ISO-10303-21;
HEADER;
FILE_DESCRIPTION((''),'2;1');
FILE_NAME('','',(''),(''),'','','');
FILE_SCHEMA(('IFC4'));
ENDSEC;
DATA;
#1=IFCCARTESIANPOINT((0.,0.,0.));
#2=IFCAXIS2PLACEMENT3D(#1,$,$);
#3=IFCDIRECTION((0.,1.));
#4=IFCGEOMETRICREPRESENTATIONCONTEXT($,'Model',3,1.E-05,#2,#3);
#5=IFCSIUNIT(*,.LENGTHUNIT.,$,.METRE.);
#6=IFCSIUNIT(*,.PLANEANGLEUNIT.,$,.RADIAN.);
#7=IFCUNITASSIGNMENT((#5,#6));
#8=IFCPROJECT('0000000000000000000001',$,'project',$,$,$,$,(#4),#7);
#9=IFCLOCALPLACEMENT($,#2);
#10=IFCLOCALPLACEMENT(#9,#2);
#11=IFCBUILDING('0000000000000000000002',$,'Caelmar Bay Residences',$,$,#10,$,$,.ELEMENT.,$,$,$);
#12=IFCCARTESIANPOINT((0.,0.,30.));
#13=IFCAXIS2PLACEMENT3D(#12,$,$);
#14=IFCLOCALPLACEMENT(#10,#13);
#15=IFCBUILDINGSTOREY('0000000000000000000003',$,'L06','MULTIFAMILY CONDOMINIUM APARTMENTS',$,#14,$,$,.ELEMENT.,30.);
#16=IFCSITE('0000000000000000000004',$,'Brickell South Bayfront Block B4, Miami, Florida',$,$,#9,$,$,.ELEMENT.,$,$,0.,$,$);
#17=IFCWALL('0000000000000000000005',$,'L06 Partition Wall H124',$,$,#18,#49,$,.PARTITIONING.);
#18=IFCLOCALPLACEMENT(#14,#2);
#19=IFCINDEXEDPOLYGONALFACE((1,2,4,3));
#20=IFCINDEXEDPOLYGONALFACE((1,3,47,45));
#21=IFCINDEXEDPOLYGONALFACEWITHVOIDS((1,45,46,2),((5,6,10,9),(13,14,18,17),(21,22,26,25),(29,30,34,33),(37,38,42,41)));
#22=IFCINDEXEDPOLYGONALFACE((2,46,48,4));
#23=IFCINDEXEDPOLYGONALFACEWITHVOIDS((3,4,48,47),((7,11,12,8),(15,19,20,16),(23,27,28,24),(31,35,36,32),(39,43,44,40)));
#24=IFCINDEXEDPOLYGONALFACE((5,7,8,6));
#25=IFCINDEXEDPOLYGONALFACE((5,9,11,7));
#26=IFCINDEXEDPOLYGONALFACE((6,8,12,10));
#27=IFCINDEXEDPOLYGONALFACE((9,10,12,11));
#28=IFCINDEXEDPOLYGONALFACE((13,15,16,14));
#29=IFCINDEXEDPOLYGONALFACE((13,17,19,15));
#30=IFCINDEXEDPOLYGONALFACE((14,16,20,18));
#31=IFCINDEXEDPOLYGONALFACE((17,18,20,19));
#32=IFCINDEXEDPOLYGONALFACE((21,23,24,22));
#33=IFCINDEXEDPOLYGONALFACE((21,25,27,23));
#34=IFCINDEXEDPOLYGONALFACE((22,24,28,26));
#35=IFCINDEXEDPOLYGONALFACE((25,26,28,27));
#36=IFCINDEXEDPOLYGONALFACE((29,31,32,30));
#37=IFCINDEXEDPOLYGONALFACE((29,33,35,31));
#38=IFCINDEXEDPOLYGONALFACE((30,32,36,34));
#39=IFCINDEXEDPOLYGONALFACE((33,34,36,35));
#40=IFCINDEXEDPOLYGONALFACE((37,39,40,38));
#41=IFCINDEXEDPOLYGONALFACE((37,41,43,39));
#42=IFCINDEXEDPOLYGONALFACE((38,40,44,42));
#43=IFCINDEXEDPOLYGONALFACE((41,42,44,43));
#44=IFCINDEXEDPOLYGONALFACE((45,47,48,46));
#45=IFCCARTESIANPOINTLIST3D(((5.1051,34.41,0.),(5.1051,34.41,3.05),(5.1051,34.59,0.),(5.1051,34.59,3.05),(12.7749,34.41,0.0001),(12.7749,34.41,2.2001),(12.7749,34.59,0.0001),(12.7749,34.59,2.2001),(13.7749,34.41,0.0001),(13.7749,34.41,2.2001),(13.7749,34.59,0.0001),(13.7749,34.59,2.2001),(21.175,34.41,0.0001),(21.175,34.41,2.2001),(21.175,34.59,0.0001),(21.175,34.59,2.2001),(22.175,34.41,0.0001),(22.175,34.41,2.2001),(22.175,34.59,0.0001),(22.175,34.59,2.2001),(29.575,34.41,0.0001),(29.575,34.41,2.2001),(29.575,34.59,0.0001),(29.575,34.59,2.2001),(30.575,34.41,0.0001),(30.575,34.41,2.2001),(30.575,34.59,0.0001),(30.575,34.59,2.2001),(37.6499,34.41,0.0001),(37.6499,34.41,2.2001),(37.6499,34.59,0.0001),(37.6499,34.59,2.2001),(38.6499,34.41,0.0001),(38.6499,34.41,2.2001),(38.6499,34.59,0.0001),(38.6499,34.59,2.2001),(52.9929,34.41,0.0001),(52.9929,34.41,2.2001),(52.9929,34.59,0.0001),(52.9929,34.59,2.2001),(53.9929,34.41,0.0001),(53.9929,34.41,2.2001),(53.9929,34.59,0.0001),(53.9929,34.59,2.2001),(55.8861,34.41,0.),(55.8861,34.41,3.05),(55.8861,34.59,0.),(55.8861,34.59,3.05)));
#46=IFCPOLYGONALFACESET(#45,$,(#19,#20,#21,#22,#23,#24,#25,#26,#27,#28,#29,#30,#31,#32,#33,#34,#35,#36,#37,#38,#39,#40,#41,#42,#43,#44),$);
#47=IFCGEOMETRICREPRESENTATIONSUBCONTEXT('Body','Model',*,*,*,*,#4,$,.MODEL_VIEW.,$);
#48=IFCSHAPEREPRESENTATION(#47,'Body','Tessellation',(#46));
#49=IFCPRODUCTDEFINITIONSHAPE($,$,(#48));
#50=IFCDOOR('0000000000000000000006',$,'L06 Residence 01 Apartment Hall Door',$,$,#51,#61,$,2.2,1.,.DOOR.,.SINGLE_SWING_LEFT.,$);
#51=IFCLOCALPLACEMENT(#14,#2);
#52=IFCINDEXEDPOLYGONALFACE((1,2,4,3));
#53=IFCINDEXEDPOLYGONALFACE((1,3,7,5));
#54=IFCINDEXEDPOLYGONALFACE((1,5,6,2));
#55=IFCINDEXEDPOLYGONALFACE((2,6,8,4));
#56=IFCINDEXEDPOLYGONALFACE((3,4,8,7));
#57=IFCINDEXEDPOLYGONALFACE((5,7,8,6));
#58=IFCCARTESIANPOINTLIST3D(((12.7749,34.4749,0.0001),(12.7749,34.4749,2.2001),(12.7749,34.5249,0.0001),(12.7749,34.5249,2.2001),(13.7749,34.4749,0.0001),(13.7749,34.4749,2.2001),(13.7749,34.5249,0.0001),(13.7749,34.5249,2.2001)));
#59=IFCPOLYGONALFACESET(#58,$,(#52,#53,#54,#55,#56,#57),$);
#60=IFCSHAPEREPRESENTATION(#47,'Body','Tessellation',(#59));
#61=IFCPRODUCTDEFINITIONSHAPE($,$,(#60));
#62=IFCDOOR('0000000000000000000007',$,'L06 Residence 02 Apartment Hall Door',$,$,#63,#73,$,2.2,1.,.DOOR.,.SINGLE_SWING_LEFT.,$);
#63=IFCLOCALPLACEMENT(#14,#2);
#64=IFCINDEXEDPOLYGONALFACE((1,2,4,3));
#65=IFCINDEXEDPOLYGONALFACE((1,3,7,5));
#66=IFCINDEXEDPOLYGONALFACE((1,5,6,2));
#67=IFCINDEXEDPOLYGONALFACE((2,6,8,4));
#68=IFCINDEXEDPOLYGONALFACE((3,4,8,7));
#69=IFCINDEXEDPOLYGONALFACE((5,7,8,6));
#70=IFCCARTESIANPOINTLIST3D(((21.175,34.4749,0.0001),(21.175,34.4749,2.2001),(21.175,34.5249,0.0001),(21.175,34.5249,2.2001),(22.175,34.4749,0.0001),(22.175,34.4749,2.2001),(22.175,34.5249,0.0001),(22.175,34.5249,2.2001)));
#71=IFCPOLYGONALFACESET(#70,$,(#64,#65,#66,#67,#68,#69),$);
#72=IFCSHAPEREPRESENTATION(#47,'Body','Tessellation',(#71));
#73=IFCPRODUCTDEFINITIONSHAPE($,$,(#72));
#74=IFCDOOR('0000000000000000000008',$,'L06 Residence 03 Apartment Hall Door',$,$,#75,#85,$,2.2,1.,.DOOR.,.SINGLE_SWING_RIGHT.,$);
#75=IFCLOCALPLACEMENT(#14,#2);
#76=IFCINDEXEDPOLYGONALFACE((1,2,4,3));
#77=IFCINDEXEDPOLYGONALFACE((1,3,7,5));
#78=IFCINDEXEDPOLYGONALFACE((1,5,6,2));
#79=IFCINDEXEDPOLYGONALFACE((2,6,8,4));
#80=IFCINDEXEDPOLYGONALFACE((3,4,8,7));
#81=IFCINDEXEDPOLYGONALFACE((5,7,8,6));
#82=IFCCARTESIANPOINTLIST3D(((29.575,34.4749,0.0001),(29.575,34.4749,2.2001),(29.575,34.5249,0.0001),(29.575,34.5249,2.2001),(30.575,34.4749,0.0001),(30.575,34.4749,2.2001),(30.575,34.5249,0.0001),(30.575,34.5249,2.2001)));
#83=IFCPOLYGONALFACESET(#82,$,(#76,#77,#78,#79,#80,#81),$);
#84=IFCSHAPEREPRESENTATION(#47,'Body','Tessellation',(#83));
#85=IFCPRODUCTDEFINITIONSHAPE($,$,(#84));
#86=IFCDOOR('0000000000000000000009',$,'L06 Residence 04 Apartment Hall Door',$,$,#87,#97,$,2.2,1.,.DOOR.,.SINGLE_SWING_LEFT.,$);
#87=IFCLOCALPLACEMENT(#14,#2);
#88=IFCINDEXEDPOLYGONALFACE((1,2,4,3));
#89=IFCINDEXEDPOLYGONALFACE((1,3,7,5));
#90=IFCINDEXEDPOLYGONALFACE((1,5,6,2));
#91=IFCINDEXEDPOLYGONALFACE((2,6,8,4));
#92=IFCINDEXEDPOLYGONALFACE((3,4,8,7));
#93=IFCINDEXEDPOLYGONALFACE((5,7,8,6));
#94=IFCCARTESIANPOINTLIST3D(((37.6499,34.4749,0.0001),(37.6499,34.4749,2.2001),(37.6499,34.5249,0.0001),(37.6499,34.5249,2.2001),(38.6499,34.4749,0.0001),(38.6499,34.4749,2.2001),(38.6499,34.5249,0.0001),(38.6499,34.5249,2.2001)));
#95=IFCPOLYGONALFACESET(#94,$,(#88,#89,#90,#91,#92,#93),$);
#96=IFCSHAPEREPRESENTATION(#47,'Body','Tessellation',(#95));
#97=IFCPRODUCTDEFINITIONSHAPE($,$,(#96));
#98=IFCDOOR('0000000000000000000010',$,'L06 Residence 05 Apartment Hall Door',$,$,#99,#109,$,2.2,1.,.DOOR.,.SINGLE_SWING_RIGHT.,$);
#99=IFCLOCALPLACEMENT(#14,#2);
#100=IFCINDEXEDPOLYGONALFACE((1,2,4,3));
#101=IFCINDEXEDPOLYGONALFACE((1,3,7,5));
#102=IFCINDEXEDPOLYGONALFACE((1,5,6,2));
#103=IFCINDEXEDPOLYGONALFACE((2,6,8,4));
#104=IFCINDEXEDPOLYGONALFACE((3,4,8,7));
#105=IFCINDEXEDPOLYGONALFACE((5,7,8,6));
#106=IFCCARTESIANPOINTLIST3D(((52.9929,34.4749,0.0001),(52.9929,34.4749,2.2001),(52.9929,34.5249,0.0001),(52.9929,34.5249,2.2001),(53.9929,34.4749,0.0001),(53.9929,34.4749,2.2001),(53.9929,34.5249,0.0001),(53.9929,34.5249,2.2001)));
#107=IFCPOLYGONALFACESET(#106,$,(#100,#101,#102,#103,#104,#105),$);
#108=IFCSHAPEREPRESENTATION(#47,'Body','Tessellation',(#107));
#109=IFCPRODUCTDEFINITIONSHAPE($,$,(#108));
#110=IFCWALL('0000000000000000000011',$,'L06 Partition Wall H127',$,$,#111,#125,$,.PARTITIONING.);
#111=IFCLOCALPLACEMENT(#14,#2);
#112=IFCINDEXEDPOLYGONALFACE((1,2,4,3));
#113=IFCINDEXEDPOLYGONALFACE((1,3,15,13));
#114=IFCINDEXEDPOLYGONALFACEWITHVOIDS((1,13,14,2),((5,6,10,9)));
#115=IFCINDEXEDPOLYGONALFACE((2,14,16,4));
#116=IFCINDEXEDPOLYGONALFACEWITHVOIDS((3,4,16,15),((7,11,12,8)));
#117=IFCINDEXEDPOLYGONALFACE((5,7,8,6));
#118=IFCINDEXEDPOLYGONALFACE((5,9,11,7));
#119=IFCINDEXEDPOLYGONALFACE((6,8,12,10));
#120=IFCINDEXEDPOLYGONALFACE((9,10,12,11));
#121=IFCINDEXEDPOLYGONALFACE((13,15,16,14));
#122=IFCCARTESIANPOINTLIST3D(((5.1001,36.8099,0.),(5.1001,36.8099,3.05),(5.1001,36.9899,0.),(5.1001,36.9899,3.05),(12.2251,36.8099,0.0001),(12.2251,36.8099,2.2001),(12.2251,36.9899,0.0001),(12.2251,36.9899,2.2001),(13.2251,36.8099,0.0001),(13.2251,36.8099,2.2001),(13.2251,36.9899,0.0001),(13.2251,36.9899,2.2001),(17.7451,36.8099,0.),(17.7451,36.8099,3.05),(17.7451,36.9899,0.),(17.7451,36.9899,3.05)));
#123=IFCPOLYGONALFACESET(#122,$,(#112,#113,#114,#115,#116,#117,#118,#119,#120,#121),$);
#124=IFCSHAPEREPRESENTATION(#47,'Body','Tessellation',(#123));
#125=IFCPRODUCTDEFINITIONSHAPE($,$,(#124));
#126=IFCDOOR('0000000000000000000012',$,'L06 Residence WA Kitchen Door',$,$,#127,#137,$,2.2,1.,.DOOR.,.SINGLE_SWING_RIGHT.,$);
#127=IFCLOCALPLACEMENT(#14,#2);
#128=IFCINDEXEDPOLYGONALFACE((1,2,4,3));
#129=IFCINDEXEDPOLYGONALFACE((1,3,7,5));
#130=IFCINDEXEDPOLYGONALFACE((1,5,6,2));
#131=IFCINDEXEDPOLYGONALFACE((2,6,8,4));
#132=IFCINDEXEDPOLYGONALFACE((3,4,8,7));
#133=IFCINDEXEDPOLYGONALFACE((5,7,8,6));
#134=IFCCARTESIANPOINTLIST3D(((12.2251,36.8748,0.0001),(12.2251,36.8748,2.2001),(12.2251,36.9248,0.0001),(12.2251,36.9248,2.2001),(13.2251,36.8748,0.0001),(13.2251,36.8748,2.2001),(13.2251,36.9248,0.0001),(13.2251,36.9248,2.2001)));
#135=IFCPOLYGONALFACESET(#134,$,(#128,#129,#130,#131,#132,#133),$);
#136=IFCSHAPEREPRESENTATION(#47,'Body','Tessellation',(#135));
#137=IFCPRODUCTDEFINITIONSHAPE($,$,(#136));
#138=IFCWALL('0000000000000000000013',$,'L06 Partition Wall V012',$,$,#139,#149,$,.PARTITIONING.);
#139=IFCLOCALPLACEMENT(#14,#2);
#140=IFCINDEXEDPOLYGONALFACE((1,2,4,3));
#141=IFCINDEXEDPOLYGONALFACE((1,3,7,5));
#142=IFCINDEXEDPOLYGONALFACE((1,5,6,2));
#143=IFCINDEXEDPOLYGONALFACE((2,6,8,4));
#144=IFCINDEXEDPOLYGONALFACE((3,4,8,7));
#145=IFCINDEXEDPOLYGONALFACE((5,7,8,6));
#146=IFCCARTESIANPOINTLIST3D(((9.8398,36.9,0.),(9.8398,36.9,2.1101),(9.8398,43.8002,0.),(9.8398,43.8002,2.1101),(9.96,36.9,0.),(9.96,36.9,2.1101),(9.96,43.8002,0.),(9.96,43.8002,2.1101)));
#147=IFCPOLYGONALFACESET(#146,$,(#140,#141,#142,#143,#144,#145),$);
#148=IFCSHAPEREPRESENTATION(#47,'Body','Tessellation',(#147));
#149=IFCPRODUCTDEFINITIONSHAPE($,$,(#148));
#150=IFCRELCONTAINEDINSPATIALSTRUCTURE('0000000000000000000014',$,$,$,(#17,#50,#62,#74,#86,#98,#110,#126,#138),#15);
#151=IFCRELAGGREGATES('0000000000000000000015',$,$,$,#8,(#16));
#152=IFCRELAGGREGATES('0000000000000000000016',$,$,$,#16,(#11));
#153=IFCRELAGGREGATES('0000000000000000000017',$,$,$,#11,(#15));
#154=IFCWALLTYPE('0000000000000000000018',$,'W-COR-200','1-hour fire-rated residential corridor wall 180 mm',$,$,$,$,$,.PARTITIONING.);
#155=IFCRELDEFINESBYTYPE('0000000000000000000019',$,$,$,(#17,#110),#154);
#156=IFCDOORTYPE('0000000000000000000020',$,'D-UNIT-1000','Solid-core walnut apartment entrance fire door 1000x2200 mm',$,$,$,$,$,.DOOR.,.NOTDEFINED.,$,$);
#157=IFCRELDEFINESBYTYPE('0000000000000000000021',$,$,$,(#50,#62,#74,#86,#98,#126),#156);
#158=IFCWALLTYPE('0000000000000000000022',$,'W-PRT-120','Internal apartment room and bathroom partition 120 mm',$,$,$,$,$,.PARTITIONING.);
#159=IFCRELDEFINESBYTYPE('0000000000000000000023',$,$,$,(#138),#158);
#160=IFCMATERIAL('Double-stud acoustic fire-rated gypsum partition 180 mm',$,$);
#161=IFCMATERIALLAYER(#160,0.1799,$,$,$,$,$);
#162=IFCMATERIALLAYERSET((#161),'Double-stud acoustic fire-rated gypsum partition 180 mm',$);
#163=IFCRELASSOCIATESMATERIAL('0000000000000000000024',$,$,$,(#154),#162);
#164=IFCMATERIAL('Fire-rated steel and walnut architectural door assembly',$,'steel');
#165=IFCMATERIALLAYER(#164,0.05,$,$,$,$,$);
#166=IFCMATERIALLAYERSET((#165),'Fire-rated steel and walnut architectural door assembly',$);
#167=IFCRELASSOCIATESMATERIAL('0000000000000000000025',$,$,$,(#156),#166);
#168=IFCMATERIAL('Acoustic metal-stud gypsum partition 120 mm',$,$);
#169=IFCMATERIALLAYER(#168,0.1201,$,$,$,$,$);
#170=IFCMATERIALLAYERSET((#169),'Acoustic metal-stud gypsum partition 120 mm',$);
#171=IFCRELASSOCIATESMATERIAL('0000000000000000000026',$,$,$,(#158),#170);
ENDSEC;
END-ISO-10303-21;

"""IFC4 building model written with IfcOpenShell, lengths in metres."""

from ifc_helpers import new_model, si_unit, direction, frame, frame_2d, origin, place, context, subcontext, project, spatial, rectangle, extrude, material, layer, layer_set, type_object, element, fill, save


model = new_model("IFC4")

# Units and contexts
model_context = context("Model", 3, precision=1e-05, world=origin(), true_north=direction((0.0, 1.0)))
body_context = subcontext(model_context, "Body", "Model", "MODEL_VIEW")
ifc_project = project(units=[si_unit("LENGTHUNIT", "METRE"), si_unit("PLANEANGLEUNIT", "RADIAN")], contexts=[model_context])

# Site, building, storey
site_placement = place(None, origin())
site = spatial("IfcSite", under=ifc_project, at=site_placement, Name="Brickell South Bayfront Block B4, Miami, Florida", CompositionType="ELEMENT", RefElevation=0.0)
building_placement = place(site_placement, origin())
building = spatial("IfcBuilding", under=site, at=building_placement, Name="Caelmar Bay Residences", CompositionType="ELEMENT")
storey_placement = place(building_placement, frame((0.0, 0.0, 30.0)))
storey = spatial("IfcBuildingStorey", under=building, at=storey_placement, Name="L06", Description="MULTIFAMILY CONDOMINIUM APARTMENTS", CompositionType="ELEMENT", Elevation=30.0)

# Shared definitions
ifc_material_1 = material(Name="Fire-rated steel and walnut architectural door assembly", Category="steel")

# Shared definitions
ifc_material_2 = material(Name="Double-stud acoustic fire-rated gypsum partition 180 mm")
ifc_layer_1 = layer(ifc_material_2, 0.1799)
ifc_layer_set_1 = layer_set([ifc_layer_1], Name="Double-stud acoustic fire-rated gypsum partition 180 mm")
wall_type_1 = type_object("IfcWallType", Name="W-COR-200", Description="1-hour fire-rated residential corridor wall 180 mm", PredefinedType="PARTITIONING", material=ifc_layer_set_1)

# Wall, openings, doors
wall_1_placement = place(storey_placement, frame((5.105, 34.5, 0.0), z_axis=(0.0, 0.0, 1.0), x_axis=(1.0, 0.0, 0.0)))
wall_1 = element("IfcWall", 1, at=wall_1_placement, inside=storey, type_object=wall_type_1, Name="L06 Partition Wall H124", PredefinedType="PARTITIONING", context=body_context, shape_type="SweptSolid", body=[
    extrude(rectangle(XDim=50.781, YDim=0.1799, at=frame_2d((25.3906, 0.0))), origin(), (0.0, 0.0, 1.0), 3.05),
])
opening_1_placement = place(wall_1_placement, frame((7.6699, 0.0, 0.0)))
opening_1 = element("IfcOpeningElement", 2, at=opening_1_placement, cuts=wall_1, PredefinedType="OPENING", context=body_context, shape_type="SweptSolid", body=[
    extrude(rectangle(XDim=1.0, YDim=2.2, at=frame_2d((0.5, 1.1001))), frame((0.0, 0.0999, 0.0), z_axis=(0.0, -1.0, 0.0), x_axis=(1.0, 0.0, 0.0)), (0.0, 0.0, 1.0), 0.2),
])
opening_2_placement = place(wall_1_placement, frame((16.0701, 0.0, 0.0)))
opening_2 = element("IfcOpeningElement", 3, at=opening_2_placement, cuts=wall_1, PredefinedType="OPENING", context=body_context, shape_type="SweptSolid", body=[
    extrude(rectangle(XDim=1.0, YDim=2.2, at=frame_2d((0.5, 1.1001))), frame((0.0, 0.0999, 0.0), z_axis=(0.0, -1.0, 0.0), x_axis=(1.0, 0.0, 0.0)), (0.0, 0.0, 1.0), 0.2),
])
opening_3_placement = place(wall_1_placement, frame((24.47, 0.0, 0.0)))
opening_3 = element("IfcOpeningElement", 4, at=opening_3_placement, cuts=wall_1, PredefinedType="OPENING", context=body_context, shape_type="SweptSolid", body=[
    extrude(rectangle(XDim=1.0, YDim=2.2, at=frame_2d((0.5, 1.1001))), frame((0.0, 0.0999, 0.0), z_axis=(0.0, -1.0, 0.0), x_axis=(1.0, 0.0, 0.0)), (0.0, 0.0, 1.0), 0.2),
])
opening_4_placement = place(wall_1_placement, frame((32.5449, 0.0, 0.0)))
opening_4 = element("IfcOpeningElement", 5, at=opening_4_placement, cuts=wall_1, PredefinedType="OPENING", context=body_context, shape_type="SweptSolid", body=[
    extrude(rectangle(XDim=1.0, YDim=2.2, at=frame_2d((0.5, 1.1001))), frame((0.0, 0.0999, 0.0), z_axis=(0.0, -1.0, 0.0), x_axis=(1.0, 0.0, 0.0)), (0.0, 0.0, 1.0), 0.2),
])
opening_5_placement = place(wall_1_placement, frame((47.8879, 0.0, 0.0)))
opening_5 = element("IfcOpeningElement", 6, at=opening_5_placement, cuts=wall_1, PredefinedType="OPENING", context=body_context, shape_type="SweptSolid", body=[
    extrude(rectangle(XDim=1.0, YDim=2.2, at=frame_2d((0.5, 1.1001))), frame((0.0, 0.0999, 0.0), z_axis=(0.0, -1.0, 0.0), x_axis=(1.0, 0.0, 0.0)), (0.0, 0.0, 1.0), 0.2),
])
ifc_layer_2 = layer(ifc_material_1, 0.05)
ifc_layer_set_2 = layer_set([ifc_layer_2], Name="Fire-rated steel and walnut architectural door assembly")
door_type_1 = type_object("IfcDoorType", Name="D-UNIT-1000", Description="Solid-core walnut apartment entrance fire door 1000x2200 mm", OperationType="NOTDEFINED", PredefinedType="DOOR", material=ifc_layer_set_2)
door_1_placement = place(opening_1_placement, origin())
door_1 = element("IfcDoor", 7, at=door_1_placement, inside=storey, type_object=door_type_1, Name="L06 Residence 01 Apartment Hall Door", OperationType="SINGLE_SWING_LEFT", OverallHeight=2.2, OverallWidth=1.0, PredefinedType="DOOR", context=body_context, shape_type="SweptSolid", body=[
    extrude(rectangle(XDim=1.0, YDim=2.2, at=frame_2d((0.5, 1.1001))), frame((0.0, 0.0249, 0.0), z_axis=(0.0, -1.0, 0.0), x_axis=(1.0, 0.0, 0.0)), (0.0, 0.0, 1.0), 0.05),
])
fill(opening_1, door_1)
door_2_placement = place(opening_2_placement, origin())
door_2 = element("IfcDoor", 8, at=door_2_placement, inside=storey, type_object=door_type_1, Name="L06 Residence 02 Apartment Hall Door", OperationType="SINGLE_SWING_LEFT", OverallHeight=2.2, OverallWidth=1.0, PredefinedType="DOOR", context=body_context, shape_type="SweptSolid", body=[
    extrude(rectangle(XDim=1.0, YDim=2.2, at=frame_2d((0.5, 1.1001))), frame((0.0, 0.0249, 0.0), z_axis=(0.0, -1.0, 0.0), x_axis=(1.0, 0.0, 0.0)), (0.0, 0.0, 1.0), 0.05),
])
fill(opening_2, door_2)
door_3_placement = place(opening_3_placement, origin())
door_3 = element("IfcDoor", 9, at=door_3_placement, inside=storey, type_object=door_type_1, Name="L06 Residence 03 Apartment Hall Door", OperationType="SINGLE_SWING_RIGHT", OverallHeight=2.2, OverallWidth=1.0, PredefinedType="DOOR", context=body_context, shape_type="SweptSolid", body=[
    extrude(rectangle(XDim=1.0, YDim=2.2, at=frame_2d((0.5, 1.1001))), frame((0.0, 0.0249, 0.0), z_axis=(0.0, -1.0, 0.0), x_axis=(1.0, 0.0, 0.0)), (0.0, 0.0, 1.0), 0.05),
])
fill(opening_3, door_3)
door_4_placement = place(opening_4_placement, origin())
door_4 = element("IfcDoor", 10, at=door_4_placement, inside=storey, type_object=door_type_1, Name="L06 Residence 04 Apartment Hall Door", OperationType="SINGLE_SWING_LEFT", OverallHeight=2.2, OverallWidth=1.0, PredefinedType="DOOR", context=body_context, shape_type="SweptSolid", body=[
    extrude(rectangle(XDim=1.0, YDim=2.2, at=frame_2d((0.5, 1.1001))), frame((0.0, 0.0249, 0.0), z_axis=(0.0, -1.0, 0.0), x_axis=(1.0, 0.0, 0.0)), (0.0, 0.0, 1.0), 0.05),
])
fill(opening_4, door_4)
door_5_placement = place(opening_5_placement, origin())
door_5 = element("IfcDoor", 11, at=door_5_placement, inside=storey, type_object=door_type_1, Name="L06 Residence 05 Apartment Hall Door", OperationType="SINGLE_SWING_RIGHT", OverallHeight=2.2, OverallWidth=1.0, PredefinedType="DOOR", context=body_context, shape_type="SweptSolid", body=[
    extrude(rectangle(XDim=1.0, YDim=2.2, at=frame_2d((0.5, 1.1001))), frame((0.0, 0.0249, 0.0), z_axis=(0.0, -1.0, 0.0), x_axis=(1.0, 0.0, 0.0)), (0.0, 0.0, 1.0), 0.05),
])
fill(opening_5, door_5)

# Wall, opening, door
wall_2_placement = place(storey_placement, frame((5.1001, 36.8999, 0.0), z_axis=(0.0, 0.0, 1.0), x_axis=(1.0, 0.0, 0.0)))
wall_2 = element("IfcWall", 12, at=wall_2_placement, inside=storey, type_object=wall_type_1, Name="L06 Partition Wall H127", PredefinedType="PARTITIONING", context=body_context, shape_type="SweptSolid", body=[
    extrude(rectangle(XDim=12.645, YDim=0.1799, at=frame_2d((6.3225, 0.0))), origin(), (0.0, 0.0, 1.0), 3.05),
])
opening_6_placement = place(wall_2_placement, frame((7.125, 0.0, 0.0)))
opening_6 = element("IfcOpeningElement", 13, at=opening_6_placement, cuts=wall_2, PredefinedType="OPENING", context=body_context, shape_type="SweptSolid", body=[
    extrude(rectangle(XDim=1.0, YDim=2.2, at=frame_2d((0.5, 1.1001))), frame((0.0, 0.0999, 0.0), z_axis=(0.0, -1.0, 0.0), x_axis=(1.0, 0.0, 0.0)), (0.0, 0.0, 1.0), 0.2),
])
door_6_placement = place(opening_6_placement, origin())
door_6 = element("IfcDoor", 14, at=door_6_placement, inside=storey, type_object=door_type_1, Name="L06 Residence WA Kitchen Door", OperationType="SINGLE_SWING_RIGHT", OverallHeight=2.2, OverallWidth=1.0, PredefinedType="DOOR", context=body_context, shape_type="SweptSolid", body=[
    extrude(rectangle(XDim=1.0, YDim=2.2, at=frame_2d((0.5, 1.1001))), frame((0.0, 0.0249, 0.0), z_axis=(0.0, -1.0, 0.0), x_axis=(1.0, 0.0, 0.0)), (0.0, 0.0, 1.0), 0.05),
])
fill(opening_6, door_6)

# Wall
ifc_material_3 = material(Name="Acoustic metal-stud gypsum partition 120 mm")
ifc_layer_3 = layer(ifc_material_3, 0.1201)
ifc_layer_set_3 = layer_set([ifc_layer_3], Name="Acoustic metal-stud gypsum partition 120 mm")
wall_type_2 = type_object("IfcWallType", Name="W-PRT-120", Description="Internal apartment room and bathroom partition 120 mm", PredefinedType="PARTITIONING", material=ifc_layer_set_3)
wall_3_placement = place(storey_placement, frame((9.8999, 36.8999, 0.0), z_axis=(0.0, 0.0, 1.0), x_axis=(0.0, 1.0, 0.0)))
element("IfcWall", 15, at=wall_3_placement, inside=storey, type_object=wall_type_2, Name="L06 Partition Wall V012", PredefinedType="PARTITIONING", context=body_context, shape_type="SweptSolid", body=[
    extrude(rectangle(XDim=6.9001, YDim=0.1201, at=frame_2d((3.4502, 0.0))), origin(), (0.0, 0.0, 1.0), 2.1101),
])

save(model, "model.ifc")
